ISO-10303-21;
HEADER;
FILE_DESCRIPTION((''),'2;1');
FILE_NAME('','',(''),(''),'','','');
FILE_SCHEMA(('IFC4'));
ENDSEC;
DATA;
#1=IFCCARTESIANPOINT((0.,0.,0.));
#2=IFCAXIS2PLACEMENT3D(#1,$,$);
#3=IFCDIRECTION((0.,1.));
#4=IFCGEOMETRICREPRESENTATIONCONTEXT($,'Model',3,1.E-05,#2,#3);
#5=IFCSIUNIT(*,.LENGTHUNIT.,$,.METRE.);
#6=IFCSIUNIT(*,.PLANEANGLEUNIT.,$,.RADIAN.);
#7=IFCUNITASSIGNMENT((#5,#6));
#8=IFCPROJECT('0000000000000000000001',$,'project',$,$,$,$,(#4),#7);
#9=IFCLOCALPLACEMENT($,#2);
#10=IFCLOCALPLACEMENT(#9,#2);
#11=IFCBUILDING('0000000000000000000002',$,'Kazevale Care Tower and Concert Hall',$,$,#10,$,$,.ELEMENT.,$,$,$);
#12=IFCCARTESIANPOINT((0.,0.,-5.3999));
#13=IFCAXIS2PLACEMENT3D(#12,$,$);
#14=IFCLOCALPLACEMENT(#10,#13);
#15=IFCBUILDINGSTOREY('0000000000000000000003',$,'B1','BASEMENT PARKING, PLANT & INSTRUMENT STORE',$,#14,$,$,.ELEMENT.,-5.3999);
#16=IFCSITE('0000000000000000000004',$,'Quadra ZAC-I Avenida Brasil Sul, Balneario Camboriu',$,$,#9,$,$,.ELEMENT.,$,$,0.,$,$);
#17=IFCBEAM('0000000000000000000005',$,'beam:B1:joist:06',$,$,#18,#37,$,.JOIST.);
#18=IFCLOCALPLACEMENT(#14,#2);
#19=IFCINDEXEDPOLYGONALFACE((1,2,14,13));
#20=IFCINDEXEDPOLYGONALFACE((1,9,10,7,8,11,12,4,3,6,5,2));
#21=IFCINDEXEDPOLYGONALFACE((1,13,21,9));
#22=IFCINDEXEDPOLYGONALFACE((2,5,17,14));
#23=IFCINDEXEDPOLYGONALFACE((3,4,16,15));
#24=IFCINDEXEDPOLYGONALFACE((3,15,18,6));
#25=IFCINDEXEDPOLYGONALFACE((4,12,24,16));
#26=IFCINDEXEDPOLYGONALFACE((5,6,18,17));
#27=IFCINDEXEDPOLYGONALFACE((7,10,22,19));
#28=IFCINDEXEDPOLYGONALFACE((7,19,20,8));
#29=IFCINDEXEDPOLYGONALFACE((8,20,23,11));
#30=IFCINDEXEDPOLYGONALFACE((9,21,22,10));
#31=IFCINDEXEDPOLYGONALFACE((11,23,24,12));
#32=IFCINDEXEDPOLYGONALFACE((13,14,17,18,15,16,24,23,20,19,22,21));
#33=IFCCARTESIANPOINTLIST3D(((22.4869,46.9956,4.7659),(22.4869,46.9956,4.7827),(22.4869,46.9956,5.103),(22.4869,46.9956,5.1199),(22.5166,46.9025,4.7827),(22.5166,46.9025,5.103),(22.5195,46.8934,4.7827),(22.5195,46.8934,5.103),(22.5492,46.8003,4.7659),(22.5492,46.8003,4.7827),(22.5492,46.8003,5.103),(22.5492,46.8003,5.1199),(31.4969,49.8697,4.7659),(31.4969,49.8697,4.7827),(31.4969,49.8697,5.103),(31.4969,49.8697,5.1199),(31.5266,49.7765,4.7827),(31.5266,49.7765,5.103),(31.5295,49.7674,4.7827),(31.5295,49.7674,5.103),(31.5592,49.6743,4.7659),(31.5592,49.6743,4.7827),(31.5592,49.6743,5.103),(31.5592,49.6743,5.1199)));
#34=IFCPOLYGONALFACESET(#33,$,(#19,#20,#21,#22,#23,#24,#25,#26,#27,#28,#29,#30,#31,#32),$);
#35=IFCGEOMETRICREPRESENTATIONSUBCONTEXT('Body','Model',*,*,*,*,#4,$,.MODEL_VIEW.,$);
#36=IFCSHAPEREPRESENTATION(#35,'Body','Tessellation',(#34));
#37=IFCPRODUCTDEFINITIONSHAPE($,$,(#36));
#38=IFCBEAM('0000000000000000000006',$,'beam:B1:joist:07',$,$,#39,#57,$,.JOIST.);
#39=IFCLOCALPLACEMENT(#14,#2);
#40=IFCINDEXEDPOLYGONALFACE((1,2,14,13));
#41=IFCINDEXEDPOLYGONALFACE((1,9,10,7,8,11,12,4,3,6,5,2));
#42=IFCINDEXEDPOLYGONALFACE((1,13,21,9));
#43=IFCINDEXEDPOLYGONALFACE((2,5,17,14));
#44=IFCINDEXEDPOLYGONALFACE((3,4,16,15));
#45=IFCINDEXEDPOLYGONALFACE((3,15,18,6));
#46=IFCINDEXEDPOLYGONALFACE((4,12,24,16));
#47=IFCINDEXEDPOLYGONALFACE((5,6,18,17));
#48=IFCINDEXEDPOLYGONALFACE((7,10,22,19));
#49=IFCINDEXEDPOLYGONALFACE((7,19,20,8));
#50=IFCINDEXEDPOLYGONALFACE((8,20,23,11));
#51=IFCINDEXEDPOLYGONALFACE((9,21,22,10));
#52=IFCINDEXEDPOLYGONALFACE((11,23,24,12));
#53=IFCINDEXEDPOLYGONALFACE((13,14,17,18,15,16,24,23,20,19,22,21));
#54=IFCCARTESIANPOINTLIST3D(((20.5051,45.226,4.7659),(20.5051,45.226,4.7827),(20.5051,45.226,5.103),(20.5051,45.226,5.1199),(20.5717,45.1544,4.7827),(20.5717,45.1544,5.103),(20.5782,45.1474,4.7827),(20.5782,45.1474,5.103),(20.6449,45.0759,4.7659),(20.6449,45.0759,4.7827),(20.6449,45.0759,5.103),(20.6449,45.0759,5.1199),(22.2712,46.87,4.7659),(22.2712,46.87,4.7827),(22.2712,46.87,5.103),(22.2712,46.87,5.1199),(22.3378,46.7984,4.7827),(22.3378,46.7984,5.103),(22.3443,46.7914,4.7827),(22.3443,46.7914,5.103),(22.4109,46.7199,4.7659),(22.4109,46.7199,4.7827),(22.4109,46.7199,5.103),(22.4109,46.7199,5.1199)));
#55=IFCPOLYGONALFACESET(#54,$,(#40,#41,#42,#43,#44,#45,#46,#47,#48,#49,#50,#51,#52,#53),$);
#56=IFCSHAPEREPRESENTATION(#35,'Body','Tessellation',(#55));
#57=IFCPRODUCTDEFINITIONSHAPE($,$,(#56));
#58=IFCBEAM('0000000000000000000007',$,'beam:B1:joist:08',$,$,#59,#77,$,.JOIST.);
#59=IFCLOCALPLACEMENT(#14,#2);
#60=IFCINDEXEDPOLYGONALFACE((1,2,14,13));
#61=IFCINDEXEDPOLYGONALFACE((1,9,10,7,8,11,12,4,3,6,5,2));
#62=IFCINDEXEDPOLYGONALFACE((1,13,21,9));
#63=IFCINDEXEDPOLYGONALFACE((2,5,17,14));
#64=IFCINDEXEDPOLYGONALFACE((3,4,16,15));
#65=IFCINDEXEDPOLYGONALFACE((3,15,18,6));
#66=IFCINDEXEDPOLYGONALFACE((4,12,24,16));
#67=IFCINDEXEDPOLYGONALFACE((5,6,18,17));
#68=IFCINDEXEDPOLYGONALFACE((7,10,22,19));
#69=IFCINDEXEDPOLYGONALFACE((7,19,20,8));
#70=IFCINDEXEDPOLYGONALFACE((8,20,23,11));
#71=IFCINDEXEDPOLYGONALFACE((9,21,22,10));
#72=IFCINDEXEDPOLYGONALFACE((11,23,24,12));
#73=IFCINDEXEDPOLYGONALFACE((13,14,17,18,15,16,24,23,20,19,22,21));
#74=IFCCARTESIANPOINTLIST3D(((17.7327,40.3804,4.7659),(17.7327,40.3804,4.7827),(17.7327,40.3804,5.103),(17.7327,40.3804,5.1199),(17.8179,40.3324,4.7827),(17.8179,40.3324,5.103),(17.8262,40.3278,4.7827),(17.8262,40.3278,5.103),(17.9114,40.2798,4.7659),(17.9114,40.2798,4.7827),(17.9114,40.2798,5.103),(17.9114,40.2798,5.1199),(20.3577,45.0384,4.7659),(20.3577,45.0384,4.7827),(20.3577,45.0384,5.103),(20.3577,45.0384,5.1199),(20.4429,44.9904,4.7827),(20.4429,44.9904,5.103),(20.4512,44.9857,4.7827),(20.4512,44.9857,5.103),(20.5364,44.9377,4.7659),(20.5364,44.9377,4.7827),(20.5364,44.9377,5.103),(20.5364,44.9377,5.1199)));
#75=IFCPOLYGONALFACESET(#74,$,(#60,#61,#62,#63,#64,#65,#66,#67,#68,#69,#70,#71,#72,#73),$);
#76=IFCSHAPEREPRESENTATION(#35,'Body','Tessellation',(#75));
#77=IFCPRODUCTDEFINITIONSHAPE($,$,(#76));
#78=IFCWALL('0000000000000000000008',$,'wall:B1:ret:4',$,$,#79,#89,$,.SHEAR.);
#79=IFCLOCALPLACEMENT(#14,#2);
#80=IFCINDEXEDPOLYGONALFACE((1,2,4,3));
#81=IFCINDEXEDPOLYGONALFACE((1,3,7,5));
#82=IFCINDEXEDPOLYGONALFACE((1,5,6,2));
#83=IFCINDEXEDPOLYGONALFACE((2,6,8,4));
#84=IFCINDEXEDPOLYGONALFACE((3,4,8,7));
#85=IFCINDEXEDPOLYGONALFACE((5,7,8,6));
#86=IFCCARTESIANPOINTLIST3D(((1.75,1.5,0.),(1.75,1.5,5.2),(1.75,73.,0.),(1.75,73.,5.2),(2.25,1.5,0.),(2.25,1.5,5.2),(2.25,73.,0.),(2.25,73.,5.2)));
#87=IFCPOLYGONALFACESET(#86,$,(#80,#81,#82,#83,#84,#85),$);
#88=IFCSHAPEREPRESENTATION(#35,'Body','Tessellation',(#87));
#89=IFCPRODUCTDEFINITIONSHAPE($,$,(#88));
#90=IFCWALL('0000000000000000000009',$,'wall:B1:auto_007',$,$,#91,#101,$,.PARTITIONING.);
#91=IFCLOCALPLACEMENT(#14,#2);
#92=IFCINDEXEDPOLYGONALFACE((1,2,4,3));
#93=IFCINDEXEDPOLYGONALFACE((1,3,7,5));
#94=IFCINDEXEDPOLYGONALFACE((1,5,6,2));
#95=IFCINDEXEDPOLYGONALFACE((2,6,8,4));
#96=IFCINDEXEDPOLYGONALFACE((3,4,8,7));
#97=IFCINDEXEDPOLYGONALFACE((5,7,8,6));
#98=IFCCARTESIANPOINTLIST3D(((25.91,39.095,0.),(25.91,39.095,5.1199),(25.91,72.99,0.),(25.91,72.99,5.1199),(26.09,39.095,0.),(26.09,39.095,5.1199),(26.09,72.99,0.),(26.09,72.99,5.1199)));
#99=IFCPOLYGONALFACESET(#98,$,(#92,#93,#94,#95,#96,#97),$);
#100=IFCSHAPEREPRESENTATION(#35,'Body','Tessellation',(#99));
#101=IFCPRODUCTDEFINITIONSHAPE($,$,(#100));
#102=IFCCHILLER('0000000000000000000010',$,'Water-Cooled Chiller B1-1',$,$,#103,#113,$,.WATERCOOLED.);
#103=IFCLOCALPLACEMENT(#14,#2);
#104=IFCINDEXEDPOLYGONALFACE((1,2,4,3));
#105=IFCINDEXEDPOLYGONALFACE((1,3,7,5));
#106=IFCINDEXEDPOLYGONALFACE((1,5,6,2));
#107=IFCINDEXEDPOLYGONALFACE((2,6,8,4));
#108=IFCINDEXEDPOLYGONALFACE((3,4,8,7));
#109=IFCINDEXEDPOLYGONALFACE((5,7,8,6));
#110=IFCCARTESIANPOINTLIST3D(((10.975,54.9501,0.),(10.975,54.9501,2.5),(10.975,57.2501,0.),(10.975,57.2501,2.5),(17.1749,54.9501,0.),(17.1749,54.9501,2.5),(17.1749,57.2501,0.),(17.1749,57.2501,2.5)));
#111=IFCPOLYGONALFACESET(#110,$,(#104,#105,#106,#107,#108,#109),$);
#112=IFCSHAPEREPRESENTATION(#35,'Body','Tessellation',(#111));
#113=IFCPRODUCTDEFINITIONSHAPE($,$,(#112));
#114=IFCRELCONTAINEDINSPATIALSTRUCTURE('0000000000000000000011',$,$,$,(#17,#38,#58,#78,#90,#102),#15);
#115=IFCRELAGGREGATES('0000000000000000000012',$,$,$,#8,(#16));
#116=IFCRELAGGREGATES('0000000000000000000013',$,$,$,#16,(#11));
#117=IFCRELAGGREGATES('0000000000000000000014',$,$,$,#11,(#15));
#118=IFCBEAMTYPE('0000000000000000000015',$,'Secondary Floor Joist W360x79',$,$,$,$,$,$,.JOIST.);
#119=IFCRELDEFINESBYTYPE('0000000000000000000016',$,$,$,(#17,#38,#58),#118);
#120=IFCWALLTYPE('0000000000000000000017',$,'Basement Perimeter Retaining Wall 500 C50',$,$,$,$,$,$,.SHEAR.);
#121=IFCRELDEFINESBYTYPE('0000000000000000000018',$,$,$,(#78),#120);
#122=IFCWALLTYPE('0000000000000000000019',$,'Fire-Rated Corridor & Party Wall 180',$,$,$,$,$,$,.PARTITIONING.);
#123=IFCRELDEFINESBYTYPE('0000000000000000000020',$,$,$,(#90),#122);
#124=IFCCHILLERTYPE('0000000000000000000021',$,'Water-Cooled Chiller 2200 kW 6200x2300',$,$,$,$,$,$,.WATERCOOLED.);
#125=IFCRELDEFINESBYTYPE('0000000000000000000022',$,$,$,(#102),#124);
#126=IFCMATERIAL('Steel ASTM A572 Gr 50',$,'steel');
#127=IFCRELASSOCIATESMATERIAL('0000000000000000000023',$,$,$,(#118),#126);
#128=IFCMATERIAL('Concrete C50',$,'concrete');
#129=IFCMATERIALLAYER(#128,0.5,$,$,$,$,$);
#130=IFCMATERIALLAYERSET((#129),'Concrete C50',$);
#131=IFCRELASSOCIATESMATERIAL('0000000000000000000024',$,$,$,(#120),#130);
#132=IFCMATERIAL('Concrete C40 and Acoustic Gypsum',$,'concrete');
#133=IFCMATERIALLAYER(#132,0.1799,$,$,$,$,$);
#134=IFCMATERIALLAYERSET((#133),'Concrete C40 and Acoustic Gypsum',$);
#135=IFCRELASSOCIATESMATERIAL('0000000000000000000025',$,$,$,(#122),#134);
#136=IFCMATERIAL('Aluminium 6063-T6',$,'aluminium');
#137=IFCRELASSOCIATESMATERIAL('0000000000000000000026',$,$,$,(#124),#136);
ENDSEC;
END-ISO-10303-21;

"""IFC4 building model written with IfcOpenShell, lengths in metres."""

from ifc_helpers import new_model, si_unit, direction, frame, frame_2d, origin, origin_2d, place, context, subcontext, project, spatial, rectangle, i_section, extrude, material, layer, layer_set, material_profile, profile_set, type_object, element, save


model = new_model("IFC4")

# Units and contexts
model_context = context("Model", 3, precision=1e-05, world=origin(), true_north=direction((0.0, 1.0)))
body_context = subcontext(model_context, "Body", "Model", "MODEL_VIEW")
ifc_project = project(units=[si_unit("LENGTHUNIT", "METRE"), si_unit("PLANEANGLEUNIT", "RADIAN")], contexts=[model_context])

# Site, building, storey
site_placement = place(None, origin())
site = spatial("IfcSite", under=ifc_project, at=site_placement, Name="Quadra ZAC-I Avenida Brasil Sul, Balneario Camboriu", CompositionType="ELEMENT", RefElevation=0.0)
building_placement = place(site_placement, origin())
building = spatial("IfcBuilding", under=site, at=building_placement, Name="Kazevale Care Tower and Concert Hall", CompositionType="ELEMENT")
storey_placement = place(building_placement, frame((0.0, 0.0, -5.3999)))
storey = spatial("IfcBuildingStorey", under=building, at=storey_placement, Name="B1", Description="BASEMENT PARKING, PLANT & INSTRUMENT STORE", CompositionType="ELEMENT", Elevation=-5.3999)

# Shared definitions
ifc_material_1 = material(Name="Concrete C50", Category="concrete")

# Beams
ifc_material_2 = material(Name="Steel ASTM A572 Gr 50", Category="steel")
ifc_material_profile_1 = material_profile(ifc_material_2, i_section(OverallWidth=0.2051, OverallDepth=0.354, WebThickness=0.0095, FlangeThickness=0.0168, at=origin_2d()), Name="W360x79")
ifc_profile_set_1 = profile_set([ifc_material_profile_1], Name="Steel ASTM A572 Gr 50")
beam_type_1 = type_object("IfcBeamType", Name="Secondary Floor Joist W360x79", PredefinedType="JOIST", material=ifc_profile_set_1)
beam_1_placement = place(storey_placement, frame((31.5281, 49.772, 4.9429), z_axis=(-0.952705, -0.303895, 0.0), x_axis=(0.303895, -0.952705, 0.0)))
element("IfcBeam", 1, at=beam_1_placement, inside=storey, type_object=beam_type_1, Name="beam:B1:joist:06", PredefinedType="JOIST", context=body_context, shape_type="SweptSolid", body=[
    extrude(i_section(OverallWidth=0.2051, OverallDepth=0.354, WebThickness=0.0095, FlangeThickness=0.0168, at=origin_2d()), origin(), (0.0, 0.0, 1.0), 9.4573),
])
beam_2_placement = place(storey_placement, frame((22.3411, 46.7949, 4.9429), z_axis=(-0.73195, -0.681359, 0.0), x_axis=(0.681359, -0.73195, 0.0)))
element("IfcBeam", 2, at=beam_2_placement, inside=storey, type_object=beam_type_1, Name="beam:B1:joist:07", PredefinedType="JOIST", context=body_context, shape_type="SweptSolid", body=[
    extrude(i_section(OverallWidth=0.2051, OverallDepth=0.354, WebThickness=0.0095, FlangeThickness=0.0168, at=origin_2d()), origin(), (0.0, 0.0, 1.0), 2.4128),
])
beam_3_placement = place(storey_placement, frame((20.447, 44.988, 4.9429), z_axis=(-0.490957, -0.871184, 0.0), x_axis=(0.871184, -0.490957, 0.0)))
element("IfcBeam", 3, at=beam_3_placement, inside=storey, type_object=beam_type_1, Name="beam:B1:joist:08", PredefinedType="JOIST", context=body_context, shape_type="SweptSolid", body=[
    extrude(i_section(OverallWidth=0.2051, OverallDepth=0.354, WebThickness=0.0095, FlangeThickness=0.0168, at=origin_2d()), origin(), (0.0, 0.0, 1.0), 5.3467),
])

# Walls
ifc_layer_1 = layer(ifc_material_1, 0.5)
ifc_layer_set_1 = layer_set([ifc_layer_1], Name="Concrete C50")
wall_type_1 = type_object("IfcWallType", Name="Basement Perimeter Retaining Wall 500 C50", PredefinedType="SHEAR", material=ifc_layer_set_1)
wall_1_placement = place(storey_placement, frame((2.0, 73.0, 0.0), z_axis=(0.0, 0.0, 1.0), x_axis=(0.0, -1.0, 0.0)))
element("IfcWall", 4, at=wall_1_placement, inside=storey, type_object=wall_type_1, Name="wall:B1:ret:4", PredefinedType="SHEAR", context=body_context, shape_type="SweptSolid", body=[
    extrude(rectangle(XDim=71.5, YDim=0.5, at=frame_2d((35.75, 0.0))), origin(), (0.0, 0.0, 1.0), 5.2),
])
ifc_material_3 = material(Name="Concrete C40 and Acoustic Gypsum", Category="concrete")
ifc_layer_2 = layer(ifc_material_3, 0.1799)
ifc_layer_set_2 = layer_set([ifc_layer_2], Name="Concrete C40 and Acoustic Gypsum")
wall_type_2 = type_object("IfcWallType", Name="Fire-Rated Corridor & Party Wall 180", PredefinedType="PARTITIONING", material=ifc_layer_set_2)
wall_2_placement = place(storey_placement, frame((26.0, 72.99, 0.0), z_axis=(0.0, 0.0, 1.0), x_axis=(0.0, -1.0, 0.0)))
element("IfcWall", 5, at=wall_2_placement, inside=storey, type_object=wall_type_2, Name="wall:B1:auto_007", PredefinedType="PARTITIONING", context=body_context, shape_type="SweptSolid", body=[
    extrude(rectangle(XDim=33.895, YDim=0.1799, at=frame_2d((16.9475, 0.0))), origin(), (0.0, 0.0, 1.0), 5.1199),
])

# Chiller
ifc_material_4 = material(Name="Aluminium 6063-T6", Category="aluminium")
chiller_type = type_object("IfcChillerType", Name="Water-Cooled Chiller 2200 kW 6200x2300", PredefinedType="WATERCOOLED", material=ifc_material_4)
chiller_placement = place(storey_placement, frame((14.075, 56.1001, 0.0), z_axis=(0.0, 0.0, 1.0), x_axis=(1.0, 0.0, 0.0)))
element("IfcChiller", 6, at=chiller_placement, inside=storey, type_object=chiller_type, Name="Water-Cooled Chiller B1-1", PredefinedType="WATERCOOLED", context=body_context, shape_type="SweptSolid", body=[
    extrude(rectangle(XDim=6.2, YDim=2.3, at=origin_2d()), origin(), (0.0, 0.0, 1.0), 2.5),
])

save(model, "model.ifc")
